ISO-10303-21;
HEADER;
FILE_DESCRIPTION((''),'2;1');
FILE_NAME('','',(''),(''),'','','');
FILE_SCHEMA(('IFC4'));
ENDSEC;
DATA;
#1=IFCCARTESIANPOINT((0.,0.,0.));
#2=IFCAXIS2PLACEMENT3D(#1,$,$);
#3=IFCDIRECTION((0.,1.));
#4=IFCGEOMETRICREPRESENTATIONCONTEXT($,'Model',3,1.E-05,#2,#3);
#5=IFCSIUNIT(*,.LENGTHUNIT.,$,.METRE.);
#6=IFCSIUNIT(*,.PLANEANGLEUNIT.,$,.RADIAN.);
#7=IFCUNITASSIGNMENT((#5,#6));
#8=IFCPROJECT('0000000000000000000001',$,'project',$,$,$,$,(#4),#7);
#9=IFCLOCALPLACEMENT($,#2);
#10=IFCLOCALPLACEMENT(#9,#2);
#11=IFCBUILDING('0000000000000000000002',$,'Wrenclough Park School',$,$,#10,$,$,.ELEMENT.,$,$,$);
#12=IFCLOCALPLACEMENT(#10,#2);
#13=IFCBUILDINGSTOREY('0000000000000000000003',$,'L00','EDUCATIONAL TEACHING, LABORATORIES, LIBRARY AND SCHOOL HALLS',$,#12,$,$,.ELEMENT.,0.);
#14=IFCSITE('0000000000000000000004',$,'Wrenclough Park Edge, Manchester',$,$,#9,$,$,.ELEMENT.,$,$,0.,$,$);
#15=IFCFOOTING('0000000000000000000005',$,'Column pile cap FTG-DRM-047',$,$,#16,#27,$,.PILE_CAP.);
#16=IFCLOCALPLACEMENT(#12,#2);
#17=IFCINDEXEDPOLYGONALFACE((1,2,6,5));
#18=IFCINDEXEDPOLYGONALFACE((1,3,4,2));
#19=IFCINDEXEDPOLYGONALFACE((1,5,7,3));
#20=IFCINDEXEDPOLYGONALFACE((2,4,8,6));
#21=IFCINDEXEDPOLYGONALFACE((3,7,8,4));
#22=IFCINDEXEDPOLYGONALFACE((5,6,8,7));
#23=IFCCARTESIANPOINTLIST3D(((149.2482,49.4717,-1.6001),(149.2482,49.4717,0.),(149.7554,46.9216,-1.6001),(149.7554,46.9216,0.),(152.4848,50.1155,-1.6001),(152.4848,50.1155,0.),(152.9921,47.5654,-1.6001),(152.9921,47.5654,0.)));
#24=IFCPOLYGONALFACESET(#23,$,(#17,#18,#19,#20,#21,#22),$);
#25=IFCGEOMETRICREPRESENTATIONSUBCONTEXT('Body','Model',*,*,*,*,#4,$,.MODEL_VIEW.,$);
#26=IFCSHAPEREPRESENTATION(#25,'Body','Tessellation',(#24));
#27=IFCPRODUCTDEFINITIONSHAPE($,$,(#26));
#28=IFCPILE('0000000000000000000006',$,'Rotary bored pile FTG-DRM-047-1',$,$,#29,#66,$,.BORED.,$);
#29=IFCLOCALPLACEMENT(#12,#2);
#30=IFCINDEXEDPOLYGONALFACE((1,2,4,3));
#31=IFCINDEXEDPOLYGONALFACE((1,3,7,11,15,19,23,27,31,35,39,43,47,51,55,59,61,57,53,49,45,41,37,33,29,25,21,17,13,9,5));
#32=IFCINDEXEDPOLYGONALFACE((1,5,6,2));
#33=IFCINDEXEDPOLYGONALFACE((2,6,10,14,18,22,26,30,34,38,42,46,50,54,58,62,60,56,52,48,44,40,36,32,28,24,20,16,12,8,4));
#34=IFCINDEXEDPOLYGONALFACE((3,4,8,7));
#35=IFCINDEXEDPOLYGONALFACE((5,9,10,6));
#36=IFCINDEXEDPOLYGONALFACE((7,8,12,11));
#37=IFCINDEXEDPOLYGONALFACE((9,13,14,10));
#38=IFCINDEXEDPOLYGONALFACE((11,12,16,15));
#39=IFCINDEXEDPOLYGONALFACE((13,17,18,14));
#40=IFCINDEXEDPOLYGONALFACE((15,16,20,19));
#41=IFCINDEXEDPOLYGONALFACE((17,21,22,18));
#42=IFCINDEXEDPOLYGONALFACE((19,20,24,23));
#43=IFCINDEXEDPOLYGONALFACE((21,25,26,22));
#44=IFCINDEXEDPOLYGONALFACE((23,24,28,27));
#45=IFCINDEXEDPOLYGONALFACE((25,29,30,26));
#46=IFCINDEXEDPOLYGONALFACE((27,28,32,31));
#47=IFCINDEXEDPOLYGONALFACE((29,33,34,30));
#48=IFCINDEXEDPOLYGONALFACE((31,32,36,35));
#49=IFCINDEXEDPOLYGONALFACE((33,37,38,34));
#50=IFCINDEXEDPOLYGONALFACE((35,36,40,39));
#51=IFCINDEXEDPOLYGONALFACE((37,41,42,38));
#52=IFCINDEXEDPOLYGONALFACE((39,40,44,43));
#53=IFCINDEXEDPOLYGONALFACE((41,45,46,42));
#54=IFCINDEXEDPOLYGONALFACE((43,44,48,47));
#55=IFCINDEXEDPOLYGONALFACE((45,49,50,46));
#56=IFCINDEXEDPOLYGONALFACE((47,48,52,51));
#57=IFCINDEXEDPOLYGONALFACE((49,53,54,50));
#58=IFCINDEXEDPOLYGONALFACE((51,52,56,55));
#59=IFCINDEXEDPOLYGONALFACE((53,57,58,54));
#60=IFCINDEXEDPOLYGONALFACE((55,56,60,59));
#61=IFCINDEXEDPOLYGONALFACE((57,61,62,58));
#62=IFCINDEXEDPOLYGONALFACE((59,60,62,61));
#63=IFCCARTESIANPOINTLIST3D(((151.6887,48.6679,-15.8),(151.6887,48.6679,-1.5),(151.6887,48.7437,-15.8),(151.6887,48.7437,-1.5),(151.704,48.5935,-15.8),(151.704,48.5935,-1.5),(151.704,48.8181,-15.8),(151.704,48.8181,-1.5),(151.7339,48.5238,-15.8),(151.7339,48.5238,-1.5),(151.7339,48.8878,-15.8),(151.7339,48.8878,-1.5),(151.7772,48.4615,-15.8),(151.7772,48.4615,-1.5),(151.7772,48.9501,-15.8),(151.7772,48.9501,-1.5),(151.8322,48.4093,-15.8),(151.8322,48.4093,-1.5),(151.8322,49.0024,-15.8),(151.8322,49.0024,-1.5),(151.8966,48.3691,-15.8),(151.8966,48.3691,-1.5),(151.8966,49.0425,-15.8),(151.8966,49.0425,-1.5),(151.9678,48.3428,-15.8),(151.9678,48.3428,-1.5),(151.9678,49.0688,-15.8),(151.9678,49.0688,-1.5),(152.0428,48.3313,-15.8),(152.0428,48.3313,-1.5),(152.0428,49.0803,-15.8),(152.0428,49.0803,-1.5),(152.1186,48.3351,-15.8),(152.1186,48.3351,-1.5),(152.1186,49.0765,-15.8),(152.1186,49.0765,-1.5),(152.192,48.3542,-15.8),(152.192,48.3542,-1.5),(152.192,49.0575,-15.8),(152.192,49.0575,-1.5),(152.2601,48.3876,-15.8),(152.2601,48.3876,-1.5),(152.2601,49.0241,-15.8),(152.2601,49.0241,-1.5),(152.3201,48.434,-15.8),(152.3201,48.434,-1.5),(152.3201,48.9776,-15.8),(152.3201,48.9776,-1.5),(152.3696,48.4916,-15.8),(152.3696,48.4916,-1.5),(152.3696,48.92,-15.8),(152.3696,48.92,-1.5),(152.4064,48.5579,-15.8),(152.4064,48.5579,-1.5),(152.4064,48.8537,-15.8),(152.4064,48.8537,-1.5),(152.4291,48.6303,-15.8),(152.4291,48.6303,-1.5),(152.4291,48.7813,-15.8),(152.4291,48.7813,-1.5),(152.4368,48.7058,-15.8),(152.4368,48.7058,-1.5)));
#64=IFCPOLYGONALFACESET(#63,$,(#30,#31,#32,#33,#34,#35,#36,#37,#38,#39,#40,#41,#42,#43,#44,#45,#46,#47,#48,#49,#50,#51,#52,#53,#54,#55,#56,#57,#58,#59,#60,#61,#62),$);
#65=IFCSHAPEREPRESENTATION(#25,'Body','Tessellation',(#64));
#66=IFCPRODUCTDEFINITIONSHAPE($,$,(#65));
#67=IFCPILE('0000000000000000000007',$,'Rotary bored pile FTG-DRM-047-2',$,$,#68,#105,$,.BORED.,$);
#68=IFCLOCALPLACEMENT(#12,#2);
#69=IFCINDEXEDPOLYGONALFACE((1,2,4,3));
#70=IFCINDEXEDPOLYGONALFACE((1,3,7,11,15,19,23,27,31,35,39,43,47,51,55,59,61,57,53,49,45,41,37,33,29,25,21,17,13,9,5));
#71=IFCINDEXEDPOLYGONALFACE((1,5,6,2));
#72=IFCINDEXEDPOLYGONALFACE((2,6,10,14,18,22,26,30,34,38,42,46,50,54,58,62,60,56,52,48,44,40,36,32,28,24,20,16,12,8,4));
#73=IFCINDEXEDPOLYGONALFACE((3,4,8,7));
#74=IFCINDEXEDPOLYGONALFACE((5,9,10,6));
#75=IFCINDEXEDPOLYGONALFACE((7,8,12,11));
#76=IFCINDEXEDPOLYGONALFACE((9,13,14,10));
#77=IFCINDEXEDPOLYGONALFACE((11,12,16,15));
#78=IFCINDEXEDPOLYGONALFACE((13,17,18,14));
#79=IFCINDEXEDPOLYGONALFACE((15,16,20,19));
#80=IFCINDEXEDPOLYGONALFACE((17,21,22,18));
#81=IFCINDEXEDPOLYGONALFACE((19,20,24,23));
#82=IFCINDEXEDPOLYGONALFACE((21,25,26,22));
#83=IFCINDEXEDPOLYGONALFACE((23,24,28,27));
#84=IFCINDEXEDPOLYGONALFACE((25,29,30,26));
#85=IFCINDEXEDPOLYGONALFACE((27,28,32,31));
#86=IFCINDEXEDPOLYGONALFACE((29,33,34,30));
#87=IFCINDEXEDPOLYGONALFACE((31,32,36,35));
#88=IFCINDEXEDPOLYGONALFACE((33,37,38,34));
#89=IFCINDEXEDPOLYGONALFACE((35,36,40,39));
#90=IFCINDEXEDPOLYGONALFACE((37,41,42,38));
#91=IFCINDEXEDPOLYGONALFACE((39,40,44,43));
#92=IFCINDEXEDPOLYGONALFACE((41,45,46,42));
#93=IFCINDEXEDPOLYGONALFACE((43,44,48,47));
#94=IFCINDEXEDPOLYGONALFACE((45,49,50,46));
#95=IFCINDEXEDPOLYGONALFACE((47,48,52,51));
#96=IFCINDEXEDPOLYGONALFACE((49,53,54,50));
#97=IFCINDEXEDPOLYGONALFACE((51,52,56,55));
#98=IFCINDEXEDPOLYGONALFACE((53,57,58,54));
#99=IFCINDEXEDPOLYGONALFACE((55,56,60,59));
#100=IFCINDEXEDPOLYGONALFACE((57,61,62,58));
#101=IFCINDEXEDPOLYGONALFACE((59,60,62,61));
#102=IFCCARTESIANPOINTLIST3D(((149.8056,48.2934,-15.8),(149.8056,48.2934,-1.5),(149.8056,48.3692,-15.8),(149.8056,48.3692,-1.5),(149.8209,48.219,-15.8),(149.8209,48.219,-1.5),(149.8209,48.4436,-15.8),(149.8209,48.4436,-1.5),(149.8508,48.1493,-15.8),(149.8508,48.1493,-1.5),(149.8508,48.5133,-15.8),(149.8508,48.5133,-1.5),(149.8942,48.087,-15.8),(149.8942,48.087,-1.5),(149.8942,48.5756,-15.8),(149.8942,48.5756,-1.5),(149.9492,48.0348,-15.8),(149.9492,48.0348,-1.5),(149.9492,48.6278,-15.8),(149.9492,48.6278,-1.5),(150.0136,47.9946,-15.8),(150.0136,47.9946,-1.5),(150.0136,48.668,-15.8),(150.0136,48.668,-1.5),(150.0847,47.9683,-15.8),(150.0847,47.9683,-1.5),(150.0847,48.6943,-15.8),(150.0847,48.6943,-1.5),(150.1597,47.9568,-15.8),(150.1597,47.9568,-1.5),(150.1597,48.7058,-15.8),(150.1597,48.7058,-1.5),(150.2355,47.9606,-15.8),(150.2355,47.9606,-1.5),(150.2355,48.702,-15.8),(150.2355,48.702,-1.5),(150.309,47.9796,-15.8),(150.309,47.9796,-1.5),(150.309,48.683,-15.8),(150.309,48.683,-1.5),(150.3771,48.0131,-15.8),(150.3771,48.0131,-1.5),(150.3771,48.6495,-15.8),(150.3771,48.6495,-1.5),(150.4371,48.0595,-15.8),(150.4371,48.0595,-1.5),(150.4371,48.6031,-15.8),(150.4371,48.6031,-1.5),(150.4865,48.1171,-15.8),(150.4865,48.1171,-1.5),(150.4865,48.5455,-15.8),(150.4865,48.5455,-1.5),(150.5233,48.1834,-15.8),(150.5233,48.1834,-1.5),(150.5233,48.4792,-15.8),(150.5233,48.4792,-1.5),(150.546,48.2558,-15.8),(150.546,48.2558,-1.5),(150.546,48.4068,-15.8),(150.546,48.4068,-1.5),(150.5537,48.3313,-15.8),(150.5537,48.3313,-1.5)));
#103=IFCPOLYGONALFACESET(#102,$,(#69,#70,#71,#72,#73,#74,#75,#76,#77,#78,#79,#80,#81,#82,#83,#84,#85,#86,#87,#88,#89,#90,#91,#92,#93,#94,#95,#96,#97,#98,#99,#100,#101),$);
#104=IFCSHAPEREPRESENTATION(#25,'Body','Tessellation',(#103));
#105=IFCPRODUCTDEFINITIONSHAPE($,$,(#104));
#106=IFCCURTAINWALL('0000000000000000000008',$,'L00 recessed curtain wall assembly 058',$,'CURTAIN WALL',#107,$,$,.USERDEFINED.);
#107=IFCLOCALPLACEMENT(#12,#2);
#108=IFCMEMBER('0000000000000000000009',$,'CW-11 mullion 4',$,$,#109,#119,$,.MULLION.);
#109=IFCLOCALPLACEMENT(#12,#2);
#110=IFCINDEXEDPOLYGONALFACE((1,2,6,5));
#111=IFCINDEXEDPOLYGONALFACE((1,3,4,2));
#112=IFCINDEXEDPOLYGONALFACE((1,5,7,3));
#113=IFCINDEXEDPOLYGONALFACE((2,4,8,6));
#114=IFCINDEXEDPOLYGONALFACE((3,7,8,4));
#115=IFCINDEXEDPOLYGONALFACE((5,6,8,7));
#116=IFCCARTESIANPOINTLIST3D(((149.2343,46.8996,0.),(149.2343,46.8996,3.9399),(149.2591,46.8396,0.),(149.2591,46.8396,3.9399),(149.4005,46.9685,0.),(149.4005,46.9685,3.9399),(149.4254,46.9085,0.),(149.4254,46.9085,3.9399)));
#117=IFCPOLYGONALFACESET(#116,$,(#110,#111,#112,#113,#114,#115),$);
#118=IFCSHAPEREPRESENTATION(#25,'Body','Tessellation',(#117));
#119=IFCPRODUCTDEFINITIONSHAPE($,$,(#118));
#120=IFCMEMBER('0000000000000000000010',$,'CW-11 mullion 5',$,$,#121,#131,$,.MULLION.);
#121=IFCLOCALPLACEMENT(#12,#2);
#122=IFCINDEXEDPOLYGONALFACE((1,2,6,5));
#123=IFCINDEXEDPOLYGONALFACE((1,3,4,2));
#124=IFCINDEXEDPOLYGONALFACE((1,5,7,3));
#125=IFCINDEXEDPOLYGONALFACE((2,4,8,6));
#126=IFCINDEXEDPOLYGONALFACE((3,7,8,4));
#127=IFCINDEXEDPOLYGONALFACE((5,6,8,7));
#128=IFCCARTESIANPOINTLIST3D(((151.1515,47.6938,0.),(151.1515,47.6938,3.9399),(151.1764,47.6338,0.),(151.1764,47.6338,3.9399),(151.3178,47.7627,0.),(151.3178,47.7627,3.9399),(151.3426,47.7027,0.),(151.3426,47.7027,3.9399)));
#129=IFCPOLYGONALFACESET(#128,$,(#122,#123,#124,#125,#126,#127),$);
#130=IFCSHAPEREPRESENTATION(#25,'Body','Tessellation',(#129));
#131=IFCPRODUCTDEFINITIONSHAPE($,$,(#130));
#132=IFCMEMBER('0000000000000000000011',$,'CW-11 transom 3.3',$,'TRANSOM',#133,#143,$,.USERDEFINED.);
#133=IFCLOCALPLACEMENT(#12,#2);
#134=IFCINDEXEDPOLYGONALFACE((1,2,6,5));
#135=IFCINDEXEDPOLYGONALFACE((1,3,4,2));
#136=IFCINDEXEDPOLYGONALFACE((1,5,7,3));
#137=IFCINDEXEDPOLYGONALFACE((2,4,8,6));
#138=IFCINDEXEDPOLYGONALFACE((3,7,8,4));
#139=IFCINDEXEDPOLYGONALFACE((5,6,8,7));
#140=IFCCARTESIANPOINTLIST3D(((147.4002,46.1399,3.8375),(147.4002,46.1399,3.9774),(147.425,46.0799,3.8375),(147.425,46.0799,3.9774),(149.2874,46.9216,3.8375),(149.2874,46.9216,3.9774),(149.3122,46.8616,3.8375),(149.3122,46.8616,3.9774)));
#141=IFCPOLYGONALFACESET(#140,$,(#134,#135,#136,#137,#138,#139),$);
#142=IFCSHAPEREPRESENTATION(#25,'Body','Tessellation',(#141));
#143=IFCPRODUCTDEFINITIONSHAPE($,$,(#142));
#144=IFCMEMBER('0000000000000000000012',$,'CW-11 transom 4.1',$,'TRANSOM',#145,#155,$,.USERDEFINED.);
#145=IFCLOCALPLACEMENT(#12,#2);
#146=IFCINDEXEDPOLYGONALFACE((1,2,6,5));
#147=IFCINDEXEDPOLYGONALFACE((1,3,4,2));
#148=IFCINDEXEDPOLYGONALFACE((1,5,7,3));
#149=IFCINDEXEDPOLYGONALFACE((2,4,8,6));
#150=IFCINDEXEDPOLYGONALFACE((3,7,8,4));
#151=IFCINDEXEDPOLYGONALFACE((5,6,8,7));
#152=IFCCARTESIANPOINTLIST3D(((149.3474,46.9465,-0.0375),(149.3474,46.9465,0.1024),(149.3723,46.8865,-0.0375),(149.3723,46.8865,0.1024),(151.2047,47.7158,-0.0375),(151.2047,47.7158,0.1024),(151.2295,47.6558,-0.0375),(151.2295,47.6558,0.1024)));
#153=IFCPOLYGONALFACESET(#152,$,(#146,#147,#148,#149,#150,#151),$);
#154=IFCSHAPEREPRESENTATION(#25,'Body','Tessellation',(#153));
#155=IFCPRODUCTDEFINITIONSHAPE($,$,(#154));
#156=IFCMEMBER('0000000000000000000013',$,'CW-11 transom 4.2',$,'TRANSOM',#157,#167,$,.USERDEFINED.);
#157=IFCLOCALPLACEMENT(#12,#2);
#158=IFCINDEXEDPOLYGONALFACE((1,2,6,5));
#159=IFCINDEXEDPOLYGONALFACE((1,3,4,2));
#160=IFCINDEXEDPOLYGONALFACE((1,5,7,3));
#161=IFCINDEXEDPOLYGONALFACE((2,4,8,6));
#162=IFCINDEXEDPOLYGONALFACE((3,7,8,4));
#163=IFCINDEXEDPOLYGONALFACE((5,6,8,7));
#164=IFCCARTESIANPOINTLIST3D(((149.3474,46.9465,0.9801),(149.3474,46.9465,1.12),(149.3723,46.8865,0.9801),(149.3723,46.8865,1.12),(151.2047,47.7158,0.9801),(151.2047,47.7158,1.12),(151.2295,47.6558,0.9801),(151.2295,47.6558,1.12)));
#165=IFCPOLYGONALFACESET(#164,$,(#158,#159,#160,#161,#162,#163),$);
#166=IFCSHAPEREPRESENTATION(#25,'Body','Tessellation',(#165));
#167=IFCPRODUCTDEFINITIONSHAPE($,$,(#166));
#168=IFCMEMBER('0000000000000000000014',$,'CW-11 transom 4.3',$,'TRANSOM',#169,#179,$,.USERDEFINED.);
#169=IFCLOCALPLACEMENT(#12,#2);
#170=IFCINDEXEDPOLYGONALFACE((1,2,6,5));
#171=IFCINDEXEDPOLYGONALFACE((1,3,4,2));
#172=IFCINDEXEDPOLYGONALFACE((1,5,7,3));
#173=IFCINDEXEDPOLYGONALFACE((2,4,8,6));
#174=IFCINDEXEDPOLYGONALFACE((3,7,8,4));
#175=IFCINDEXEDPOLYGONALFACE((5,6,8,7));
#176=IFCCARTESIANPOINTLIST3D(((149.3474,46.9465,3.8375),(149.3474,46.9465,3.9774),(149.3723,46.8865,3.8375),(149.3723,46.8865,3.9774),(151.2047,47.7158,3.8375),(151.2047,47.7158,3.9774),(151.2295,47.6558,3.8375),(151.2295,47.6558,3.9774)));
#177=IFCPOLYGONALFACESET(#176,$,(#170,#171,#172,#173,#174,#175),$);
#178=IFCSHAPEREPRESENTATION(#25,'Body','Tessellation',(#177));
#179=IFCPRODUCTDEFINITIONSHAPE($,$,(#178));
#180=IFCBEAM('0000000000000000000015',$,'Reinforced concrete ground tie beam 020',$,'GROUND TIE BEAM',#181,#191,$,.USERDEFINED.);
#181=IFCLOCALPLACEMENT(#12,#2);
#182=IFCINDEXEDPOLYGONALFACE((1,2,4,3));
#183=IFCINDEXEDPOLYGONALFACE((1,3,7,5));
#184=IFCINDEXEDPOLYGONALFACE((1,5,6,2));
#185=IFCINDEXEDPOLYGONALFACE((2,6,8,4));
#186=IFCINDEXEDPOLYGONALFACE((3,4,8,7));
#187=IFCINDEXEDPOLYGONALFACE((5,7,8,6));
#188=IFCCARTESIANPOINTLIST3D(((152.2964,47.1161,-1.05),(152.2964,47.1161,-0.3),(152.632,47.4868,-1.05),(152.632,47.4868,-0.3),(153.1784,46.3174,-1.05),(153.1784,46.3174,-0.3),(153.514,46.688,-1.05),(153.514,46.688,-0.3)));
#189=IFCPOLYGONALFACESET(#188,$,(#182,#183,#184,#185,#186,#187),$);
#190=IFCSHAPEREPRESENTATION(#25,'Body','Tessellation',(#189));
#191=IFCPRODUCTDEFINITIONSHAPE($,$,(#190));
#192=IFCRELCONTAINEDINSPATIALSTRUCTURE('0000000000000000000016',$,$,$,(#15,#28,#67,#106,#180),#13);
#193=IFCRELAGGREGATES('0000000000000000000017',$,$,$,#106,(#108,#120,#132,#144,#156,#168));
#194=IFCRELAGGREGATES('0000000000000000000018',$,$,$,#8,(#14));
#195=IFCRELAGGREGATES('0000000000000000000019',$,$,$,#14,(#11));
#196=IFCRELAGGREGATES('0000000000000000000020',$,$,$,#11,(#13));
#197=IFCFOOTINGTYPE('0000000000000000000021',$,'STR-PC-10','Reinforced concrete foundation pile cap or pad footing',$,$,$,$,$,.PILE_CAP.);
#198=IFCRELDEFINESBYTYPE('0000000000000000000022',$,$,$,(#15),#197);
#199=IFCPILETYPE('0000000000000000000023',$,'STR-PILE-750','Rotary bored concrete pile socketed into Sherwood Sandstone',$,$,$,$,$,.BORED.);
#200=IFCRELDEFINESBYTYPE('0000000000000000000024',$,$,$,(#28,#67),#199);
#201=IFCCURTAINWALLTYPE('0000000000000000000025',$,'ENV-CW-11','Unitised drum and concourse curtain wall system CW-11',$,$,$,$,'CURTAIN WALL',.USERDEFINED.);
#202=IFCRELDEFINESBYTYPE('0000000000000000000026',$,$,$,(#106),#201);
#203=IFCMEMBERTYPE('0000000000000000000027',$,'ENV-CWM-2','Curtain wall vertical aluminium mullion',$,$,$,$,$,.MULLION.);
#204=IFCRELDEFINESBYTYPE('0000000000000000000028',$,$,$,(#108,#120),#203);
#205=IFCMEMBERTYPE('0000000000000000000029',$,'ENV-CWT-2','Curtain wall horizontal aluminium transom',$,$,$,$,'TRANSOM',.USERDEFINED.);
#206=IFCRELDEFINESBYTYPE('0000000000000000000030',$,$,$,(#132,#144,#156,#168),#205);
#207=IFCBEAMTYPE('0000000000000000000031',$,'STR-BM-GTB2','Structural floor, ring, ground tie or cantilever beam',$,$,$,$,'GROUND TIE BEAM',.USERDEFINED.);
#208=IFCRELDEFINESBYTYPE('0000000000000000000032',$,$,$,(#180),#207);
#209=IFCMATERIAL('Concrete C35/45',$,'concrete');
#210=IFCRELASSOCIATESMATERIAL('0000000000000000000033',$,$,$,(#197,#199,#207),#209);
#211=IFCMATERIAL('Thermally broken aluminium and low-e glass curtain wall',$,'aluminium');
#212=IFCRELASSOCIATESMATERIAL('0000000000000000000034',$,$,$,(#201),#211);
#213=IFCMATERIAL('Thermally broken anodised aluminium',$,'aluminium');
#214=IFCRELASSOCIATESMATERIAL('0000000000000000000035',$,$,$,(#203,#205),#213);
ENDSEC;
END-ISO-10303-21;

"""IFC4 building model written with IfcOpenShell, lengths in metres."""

from ifc_helpers import new_model, si_unit, direction, frame, origin, origin_2d, place, context, subcontext, project, spatial, rectangle, circle, extrude, material, material_profile, profile_set, type_object, element, aggregate, save


model = new_model("IFC4")

# Units and contexts
model_context = context("Model", 3, precision=1e-05, world=origin(), true_north=direction((0.0, 1.0)))
body_context = subcontext(model_context, "Body", "Model", "MODEL_VIEW")
ifc_project = project(units=[si_unit("LENGTHUNIT", "METRE"), si_unit("PLANEANGLEUNIT", "RADIAN")], contexts=[model_context])

# Site, building, storey
site_placement = place(None, origin())
site = spatial("IfcSite", under=ifc_project, at=site_placement, Name="Wrenclough Park Edge, Manchester", CompositionType="ELEMENT", RefElevation=0.0)
building_placement = place(site_placement, origin())
building = spatial("IfcBuilding", under=site, at=building_placement, Name="Wrenclough Park School", CompositionType="ELEMENT")
storey_placement = place(building_placement, origin())
storey = spatial("IfcBuildingStorey", under=building, at=storey_placement, Name="L00", Description="EDUCATIONAL TEACHING, LABORATORIES, LIBRARY AND SCHOOL HALLS", CompositionType="ELEMENT", Elevation=0.0)

# Footing
ifc_material_1 = material(Name="Concrete C35/45", Category="concrete")
footing_type = type_object("IfcFootingType", Name="STR-PC-10", Description="Reinforced concrete foundation pile cap or pad footing", PredefinedType="PILE_CAP", material=ifc_material_1)
footing_placement = place(storey_placement, frame((151.1201, 48.5186, -1.6001), z_axis=(0.0, 0.0, 1.0), x_axis=(-0.980785, -0.19509, 0.0)))
element("IfcFooting", 1, at=footing_placement, inside=storey, type_object=footing_type, Name="Column pile cap FTG-DRM-047", PredefinedType="PILE_CAP", context=body_context, shape_type="SweptSolid", body=[
    extrude(rectangle(XDim=3.3, YDim=2.6001, at=origin_2d()), origin(), (0.0, 0.0, 1.0), 1.6001),
])

# Piles
ifc_material_profile_1 = material_profile(ifc_material_1, circle(Radius=0.375, at=origin_2d()), Name="BORED PILE D750")
ifc_profile_set_1 = profile_set([ifc_material_profile_1], Name="Concrete C35/45")
pile_type = type_object("IfcPileType", Name="STR-PILE-750", Description="Rotary bored concrete pile socketed into Sherwood Sandstone", PredefinedType="BORED", material=ifc_profile_set_1)
for number, where, z_axis, x_axis, name in (
    (2, (152.0618, 48.7058, -1.5), (0.0, 0.0, -1.0), (1.0, 0.0, 0.0), "Rotary bored pile FTG-DRM-047-1"),
    (3, (150.1787, 48.3313, -1.5), (0.0, 0.0, -1.0), (1.0, 0.0, 0.0), "Rotary bored pile FTG-DRM-047-2"),
):
    element("IfcPile", number, at=place(storey_placement, frame(where, z_axis=z_axis, x_axis=x_axis)), inside=storey, type_object=pile_type, Name=name, PredefinedType="BORED", context=body_context, shape_type="SweptSolid", body=[
        extrude(circle(Radius=0.375, at=origin_2d()), origin(), (0.0, 0.0, 1.0), 14.3),
    ])

# Curtain wall, members
ifc_material_2 = material(Name="Thermally broken aluminium and low-e glass curtain wall", Category="aluminium")
curtain_wall_type = type_object("IfcCurtainWallType", Name="ENV-CW-11", Description="Unitised drum and concourse curtain wall system CW-11", ElementType="CURTAIN WALL", PredefinedType="USERDEFINED", material=ifc_material_2)
curtain_wall_placement = place(storey_placement, origin())
curtain_wall = element("IfcCurtainWall", 4, at=curtain_wall_placement, inside=storey, type_object=curtain_wall_type, Name="L00 recessed curtain wall assembly 058", ObjectType="CURTAIN WALL", PredefinedType="USERDEFINED")
ifc_material_3 = material(Name="Thermally broken anodised aluminium", Category="aluminium")
ifc_material_profile_2 = material_profile(ifc_material_3, rectangle(XDim=0.0649, YDim=0.1799, at=origin_2d()), Name="AL MULLION 65x180")
ifc_profile_set_2 = profile_set([ifc_material_profile_2], Name="Thermally broken anodised aluminium")
member_type_1 = type_object("IfcMemberType", Name="ENV-CWM-2", Description="Curtain wall vertical aluminium mullion", PredefinedType="MULLION", material=ifc_profile_set_2)
member_1_placement = place(storey_placement, frame((149.3298, 46.9041, 0.0), z_axis=(0.0, 0.0, 1.0), x_axis=(-0.382687, 0.923878, 0.0)))
member_1 = element("IfcMember", 5, at=member_1_placement, type_object=member_type_1, Name="CW-11 mullion 4", PredefinedType="MULLION", context=body_context, shape_type="SweptSolid", body=[
    extrude(rectangle(XDim=0.0649, YDim=0.1799, at=origin_2d()), origin(), (0.0, 0.0, 1.0), 3.9399),
])
member_2_placement = place(storey_placement, frame((151.2471, 47.6982, 0.0), z_axis=(0.0, 0.0, 1.0), x_axis=(-0.382687, 0.923878, 0.0)))
member_2 = element("IfcMember", 6, at=member_2_placement, type_object=member_type_1, Name="CW-11 mullion 5", PredefinedType="MULLION", context=body_context, shape_type="SweptSolid", body=[
    extrude(rectangle(XDim=0.0649, YDim=0.1799, at=origin_2d()), origin(), (0.0, 0.0, 1.0), 3.9399),
])
ifc_material_profile_3 = material_profile(ifc_material_3, rectangle(XDim=0.0649, YDim=0.1399, at=origin_2d()), Name="AL TRANSOM 65x140")
ifc_profile_set_3 = profile_set([ifc_material_profile_3], Name="Thermally broken anodised aluminium")
member_type_2 = type_object("IfcMemberType", Name="ENV-CWT-2", Description="Curtain wall horizontal aluminium transom", ElementType="TRANSOM", PredefinedType="USERDEFINED", material=ifc_profile_set_3)
member_3_placement = place(storey_placement, frame((147.4126, 46.1099, 3.9075), z_axis=(0.923874, 0.382697, 0.0), x_axis=(-0.382697, 0.923874, 0.0)))
member_3 = element("IfcMember", 7, at=member_3_placement, type_object=member_type_2, Name="CW-11 transom 3.3", ObjectType="TRANSOM", PredefinedType="USERDEFINED", context=body_context, shape_type="SweptSolid", body=[
    extrude(rectangle(XDim=0.0649, YDim=0.1399, at=origin_2d()), origin(), (0.0, 0.0, 1.0), 2.0427),
])
member_4_placement = place(storey_placement, frame((149.3599, 46.9165, 0.0325), z_axis=(0.923876, 0.382691, 0.0), x_axis=(-0.382691, 0.923876, 0.0)))
member_4 = element("IfcMember", 8, at=member_4_placement, type_object=member_type_2, Name="CW-11 transom 4.1", ObjectType="TRANSOM", PredefinedType="USERDEFINED", context=body_context, shape_type="SweptSolid", body=[
    extrude(rectangle(XDim=0.0649, YDim=0.1399, at=origin_2d()), origin(), (0.0, 0.0, 1.0), 2.0103),
])
member_5_placement = place(storey_placement, frame((149.3599, 46.9165, 1.05), z_axis=(0.923876, 0.382691, 0.0), x_axis=(-0.382691, 0.923876, 0.0)))
member_5 = element("IfcMember", 9, at=member_5_placement, type_object=member_type_2, Name="CW-11 transom 4.2", ObjectType="TRANSOM", PredefinedType="USERDEFINED", context=body_context, shape_type="SweptSolid", body=[
    extrude(rectangle(XDim=0.0649, YDim=0.1399, at=origin_2d()), origin(), (0.0, 0.0, 1.0), 2.0103),
])
member_6_placement = place(storey_placement, frame((149.3599, 46.9165, 3.9075), z_axis=(0.923876, 0.382691, 0.0), x_axis=(-0.382691, 0.923876, 0.0)))
member_6 = element("IfcMember", 10, at=member_6_placement, type_object=member_type_2, Name="CW-11 transom 4.3", ObjectType="TRANSOM", PredefinedType="USERDEFINED", context=body_context, shape_type="SweptSolid", body=[
    extrude(rectangle(XDim=0.0649, YDim=0.1399, at=origin_2d()), origin(), (0.0, 0.0, 1.0), 2.0103),
])

# Beam
ifc_material_profile_4 = material_profile(ifc_material_1, rectangle(XDim=0.5, YDim=0.75, at=origin_2d()), Name="RC GROUND 500x750")
ifc_profile_set_4 = profile_set([ifc_material_profile_4], Name="Concrete C35/45")
beam_type = type_object("IfcBeamType", Name="STR-BM-GTB2", Description="Structural floor, ring, ground tie or cantilever beam", ElementType="GROUND TIE BEAM", PredefinedType="USERDEFINED", material=ifc_profile_set_4)
beam_placement = place(storey_placement, frame((153.3462, 46.5027, -0.675), z_axis=(-0.74122, 0.671262, 0.0), x_axis=(-0.671262, -0.74122, 0.0)))
element("IfcBeam", 11, at=beam_placement, inside=storey, type_object=beam_type, Name="Reinforced concrete ground tie beam 020", ObjectType="GROUND TIE BEAM", PredefinedType="USERDEFINED", context=body_context, shape_type="SweptSolid", body=[
    extrude(rectangle(XDim=0.5, YDim=0.75, at=origin_2d()), origin(), (0.0, 0.0, 1.0), 1.1899),
])

aggregate(curtain_wall, [member_1, member_2, member_3, member_4, member_5, member_6])

save(model, "model.ifc")
